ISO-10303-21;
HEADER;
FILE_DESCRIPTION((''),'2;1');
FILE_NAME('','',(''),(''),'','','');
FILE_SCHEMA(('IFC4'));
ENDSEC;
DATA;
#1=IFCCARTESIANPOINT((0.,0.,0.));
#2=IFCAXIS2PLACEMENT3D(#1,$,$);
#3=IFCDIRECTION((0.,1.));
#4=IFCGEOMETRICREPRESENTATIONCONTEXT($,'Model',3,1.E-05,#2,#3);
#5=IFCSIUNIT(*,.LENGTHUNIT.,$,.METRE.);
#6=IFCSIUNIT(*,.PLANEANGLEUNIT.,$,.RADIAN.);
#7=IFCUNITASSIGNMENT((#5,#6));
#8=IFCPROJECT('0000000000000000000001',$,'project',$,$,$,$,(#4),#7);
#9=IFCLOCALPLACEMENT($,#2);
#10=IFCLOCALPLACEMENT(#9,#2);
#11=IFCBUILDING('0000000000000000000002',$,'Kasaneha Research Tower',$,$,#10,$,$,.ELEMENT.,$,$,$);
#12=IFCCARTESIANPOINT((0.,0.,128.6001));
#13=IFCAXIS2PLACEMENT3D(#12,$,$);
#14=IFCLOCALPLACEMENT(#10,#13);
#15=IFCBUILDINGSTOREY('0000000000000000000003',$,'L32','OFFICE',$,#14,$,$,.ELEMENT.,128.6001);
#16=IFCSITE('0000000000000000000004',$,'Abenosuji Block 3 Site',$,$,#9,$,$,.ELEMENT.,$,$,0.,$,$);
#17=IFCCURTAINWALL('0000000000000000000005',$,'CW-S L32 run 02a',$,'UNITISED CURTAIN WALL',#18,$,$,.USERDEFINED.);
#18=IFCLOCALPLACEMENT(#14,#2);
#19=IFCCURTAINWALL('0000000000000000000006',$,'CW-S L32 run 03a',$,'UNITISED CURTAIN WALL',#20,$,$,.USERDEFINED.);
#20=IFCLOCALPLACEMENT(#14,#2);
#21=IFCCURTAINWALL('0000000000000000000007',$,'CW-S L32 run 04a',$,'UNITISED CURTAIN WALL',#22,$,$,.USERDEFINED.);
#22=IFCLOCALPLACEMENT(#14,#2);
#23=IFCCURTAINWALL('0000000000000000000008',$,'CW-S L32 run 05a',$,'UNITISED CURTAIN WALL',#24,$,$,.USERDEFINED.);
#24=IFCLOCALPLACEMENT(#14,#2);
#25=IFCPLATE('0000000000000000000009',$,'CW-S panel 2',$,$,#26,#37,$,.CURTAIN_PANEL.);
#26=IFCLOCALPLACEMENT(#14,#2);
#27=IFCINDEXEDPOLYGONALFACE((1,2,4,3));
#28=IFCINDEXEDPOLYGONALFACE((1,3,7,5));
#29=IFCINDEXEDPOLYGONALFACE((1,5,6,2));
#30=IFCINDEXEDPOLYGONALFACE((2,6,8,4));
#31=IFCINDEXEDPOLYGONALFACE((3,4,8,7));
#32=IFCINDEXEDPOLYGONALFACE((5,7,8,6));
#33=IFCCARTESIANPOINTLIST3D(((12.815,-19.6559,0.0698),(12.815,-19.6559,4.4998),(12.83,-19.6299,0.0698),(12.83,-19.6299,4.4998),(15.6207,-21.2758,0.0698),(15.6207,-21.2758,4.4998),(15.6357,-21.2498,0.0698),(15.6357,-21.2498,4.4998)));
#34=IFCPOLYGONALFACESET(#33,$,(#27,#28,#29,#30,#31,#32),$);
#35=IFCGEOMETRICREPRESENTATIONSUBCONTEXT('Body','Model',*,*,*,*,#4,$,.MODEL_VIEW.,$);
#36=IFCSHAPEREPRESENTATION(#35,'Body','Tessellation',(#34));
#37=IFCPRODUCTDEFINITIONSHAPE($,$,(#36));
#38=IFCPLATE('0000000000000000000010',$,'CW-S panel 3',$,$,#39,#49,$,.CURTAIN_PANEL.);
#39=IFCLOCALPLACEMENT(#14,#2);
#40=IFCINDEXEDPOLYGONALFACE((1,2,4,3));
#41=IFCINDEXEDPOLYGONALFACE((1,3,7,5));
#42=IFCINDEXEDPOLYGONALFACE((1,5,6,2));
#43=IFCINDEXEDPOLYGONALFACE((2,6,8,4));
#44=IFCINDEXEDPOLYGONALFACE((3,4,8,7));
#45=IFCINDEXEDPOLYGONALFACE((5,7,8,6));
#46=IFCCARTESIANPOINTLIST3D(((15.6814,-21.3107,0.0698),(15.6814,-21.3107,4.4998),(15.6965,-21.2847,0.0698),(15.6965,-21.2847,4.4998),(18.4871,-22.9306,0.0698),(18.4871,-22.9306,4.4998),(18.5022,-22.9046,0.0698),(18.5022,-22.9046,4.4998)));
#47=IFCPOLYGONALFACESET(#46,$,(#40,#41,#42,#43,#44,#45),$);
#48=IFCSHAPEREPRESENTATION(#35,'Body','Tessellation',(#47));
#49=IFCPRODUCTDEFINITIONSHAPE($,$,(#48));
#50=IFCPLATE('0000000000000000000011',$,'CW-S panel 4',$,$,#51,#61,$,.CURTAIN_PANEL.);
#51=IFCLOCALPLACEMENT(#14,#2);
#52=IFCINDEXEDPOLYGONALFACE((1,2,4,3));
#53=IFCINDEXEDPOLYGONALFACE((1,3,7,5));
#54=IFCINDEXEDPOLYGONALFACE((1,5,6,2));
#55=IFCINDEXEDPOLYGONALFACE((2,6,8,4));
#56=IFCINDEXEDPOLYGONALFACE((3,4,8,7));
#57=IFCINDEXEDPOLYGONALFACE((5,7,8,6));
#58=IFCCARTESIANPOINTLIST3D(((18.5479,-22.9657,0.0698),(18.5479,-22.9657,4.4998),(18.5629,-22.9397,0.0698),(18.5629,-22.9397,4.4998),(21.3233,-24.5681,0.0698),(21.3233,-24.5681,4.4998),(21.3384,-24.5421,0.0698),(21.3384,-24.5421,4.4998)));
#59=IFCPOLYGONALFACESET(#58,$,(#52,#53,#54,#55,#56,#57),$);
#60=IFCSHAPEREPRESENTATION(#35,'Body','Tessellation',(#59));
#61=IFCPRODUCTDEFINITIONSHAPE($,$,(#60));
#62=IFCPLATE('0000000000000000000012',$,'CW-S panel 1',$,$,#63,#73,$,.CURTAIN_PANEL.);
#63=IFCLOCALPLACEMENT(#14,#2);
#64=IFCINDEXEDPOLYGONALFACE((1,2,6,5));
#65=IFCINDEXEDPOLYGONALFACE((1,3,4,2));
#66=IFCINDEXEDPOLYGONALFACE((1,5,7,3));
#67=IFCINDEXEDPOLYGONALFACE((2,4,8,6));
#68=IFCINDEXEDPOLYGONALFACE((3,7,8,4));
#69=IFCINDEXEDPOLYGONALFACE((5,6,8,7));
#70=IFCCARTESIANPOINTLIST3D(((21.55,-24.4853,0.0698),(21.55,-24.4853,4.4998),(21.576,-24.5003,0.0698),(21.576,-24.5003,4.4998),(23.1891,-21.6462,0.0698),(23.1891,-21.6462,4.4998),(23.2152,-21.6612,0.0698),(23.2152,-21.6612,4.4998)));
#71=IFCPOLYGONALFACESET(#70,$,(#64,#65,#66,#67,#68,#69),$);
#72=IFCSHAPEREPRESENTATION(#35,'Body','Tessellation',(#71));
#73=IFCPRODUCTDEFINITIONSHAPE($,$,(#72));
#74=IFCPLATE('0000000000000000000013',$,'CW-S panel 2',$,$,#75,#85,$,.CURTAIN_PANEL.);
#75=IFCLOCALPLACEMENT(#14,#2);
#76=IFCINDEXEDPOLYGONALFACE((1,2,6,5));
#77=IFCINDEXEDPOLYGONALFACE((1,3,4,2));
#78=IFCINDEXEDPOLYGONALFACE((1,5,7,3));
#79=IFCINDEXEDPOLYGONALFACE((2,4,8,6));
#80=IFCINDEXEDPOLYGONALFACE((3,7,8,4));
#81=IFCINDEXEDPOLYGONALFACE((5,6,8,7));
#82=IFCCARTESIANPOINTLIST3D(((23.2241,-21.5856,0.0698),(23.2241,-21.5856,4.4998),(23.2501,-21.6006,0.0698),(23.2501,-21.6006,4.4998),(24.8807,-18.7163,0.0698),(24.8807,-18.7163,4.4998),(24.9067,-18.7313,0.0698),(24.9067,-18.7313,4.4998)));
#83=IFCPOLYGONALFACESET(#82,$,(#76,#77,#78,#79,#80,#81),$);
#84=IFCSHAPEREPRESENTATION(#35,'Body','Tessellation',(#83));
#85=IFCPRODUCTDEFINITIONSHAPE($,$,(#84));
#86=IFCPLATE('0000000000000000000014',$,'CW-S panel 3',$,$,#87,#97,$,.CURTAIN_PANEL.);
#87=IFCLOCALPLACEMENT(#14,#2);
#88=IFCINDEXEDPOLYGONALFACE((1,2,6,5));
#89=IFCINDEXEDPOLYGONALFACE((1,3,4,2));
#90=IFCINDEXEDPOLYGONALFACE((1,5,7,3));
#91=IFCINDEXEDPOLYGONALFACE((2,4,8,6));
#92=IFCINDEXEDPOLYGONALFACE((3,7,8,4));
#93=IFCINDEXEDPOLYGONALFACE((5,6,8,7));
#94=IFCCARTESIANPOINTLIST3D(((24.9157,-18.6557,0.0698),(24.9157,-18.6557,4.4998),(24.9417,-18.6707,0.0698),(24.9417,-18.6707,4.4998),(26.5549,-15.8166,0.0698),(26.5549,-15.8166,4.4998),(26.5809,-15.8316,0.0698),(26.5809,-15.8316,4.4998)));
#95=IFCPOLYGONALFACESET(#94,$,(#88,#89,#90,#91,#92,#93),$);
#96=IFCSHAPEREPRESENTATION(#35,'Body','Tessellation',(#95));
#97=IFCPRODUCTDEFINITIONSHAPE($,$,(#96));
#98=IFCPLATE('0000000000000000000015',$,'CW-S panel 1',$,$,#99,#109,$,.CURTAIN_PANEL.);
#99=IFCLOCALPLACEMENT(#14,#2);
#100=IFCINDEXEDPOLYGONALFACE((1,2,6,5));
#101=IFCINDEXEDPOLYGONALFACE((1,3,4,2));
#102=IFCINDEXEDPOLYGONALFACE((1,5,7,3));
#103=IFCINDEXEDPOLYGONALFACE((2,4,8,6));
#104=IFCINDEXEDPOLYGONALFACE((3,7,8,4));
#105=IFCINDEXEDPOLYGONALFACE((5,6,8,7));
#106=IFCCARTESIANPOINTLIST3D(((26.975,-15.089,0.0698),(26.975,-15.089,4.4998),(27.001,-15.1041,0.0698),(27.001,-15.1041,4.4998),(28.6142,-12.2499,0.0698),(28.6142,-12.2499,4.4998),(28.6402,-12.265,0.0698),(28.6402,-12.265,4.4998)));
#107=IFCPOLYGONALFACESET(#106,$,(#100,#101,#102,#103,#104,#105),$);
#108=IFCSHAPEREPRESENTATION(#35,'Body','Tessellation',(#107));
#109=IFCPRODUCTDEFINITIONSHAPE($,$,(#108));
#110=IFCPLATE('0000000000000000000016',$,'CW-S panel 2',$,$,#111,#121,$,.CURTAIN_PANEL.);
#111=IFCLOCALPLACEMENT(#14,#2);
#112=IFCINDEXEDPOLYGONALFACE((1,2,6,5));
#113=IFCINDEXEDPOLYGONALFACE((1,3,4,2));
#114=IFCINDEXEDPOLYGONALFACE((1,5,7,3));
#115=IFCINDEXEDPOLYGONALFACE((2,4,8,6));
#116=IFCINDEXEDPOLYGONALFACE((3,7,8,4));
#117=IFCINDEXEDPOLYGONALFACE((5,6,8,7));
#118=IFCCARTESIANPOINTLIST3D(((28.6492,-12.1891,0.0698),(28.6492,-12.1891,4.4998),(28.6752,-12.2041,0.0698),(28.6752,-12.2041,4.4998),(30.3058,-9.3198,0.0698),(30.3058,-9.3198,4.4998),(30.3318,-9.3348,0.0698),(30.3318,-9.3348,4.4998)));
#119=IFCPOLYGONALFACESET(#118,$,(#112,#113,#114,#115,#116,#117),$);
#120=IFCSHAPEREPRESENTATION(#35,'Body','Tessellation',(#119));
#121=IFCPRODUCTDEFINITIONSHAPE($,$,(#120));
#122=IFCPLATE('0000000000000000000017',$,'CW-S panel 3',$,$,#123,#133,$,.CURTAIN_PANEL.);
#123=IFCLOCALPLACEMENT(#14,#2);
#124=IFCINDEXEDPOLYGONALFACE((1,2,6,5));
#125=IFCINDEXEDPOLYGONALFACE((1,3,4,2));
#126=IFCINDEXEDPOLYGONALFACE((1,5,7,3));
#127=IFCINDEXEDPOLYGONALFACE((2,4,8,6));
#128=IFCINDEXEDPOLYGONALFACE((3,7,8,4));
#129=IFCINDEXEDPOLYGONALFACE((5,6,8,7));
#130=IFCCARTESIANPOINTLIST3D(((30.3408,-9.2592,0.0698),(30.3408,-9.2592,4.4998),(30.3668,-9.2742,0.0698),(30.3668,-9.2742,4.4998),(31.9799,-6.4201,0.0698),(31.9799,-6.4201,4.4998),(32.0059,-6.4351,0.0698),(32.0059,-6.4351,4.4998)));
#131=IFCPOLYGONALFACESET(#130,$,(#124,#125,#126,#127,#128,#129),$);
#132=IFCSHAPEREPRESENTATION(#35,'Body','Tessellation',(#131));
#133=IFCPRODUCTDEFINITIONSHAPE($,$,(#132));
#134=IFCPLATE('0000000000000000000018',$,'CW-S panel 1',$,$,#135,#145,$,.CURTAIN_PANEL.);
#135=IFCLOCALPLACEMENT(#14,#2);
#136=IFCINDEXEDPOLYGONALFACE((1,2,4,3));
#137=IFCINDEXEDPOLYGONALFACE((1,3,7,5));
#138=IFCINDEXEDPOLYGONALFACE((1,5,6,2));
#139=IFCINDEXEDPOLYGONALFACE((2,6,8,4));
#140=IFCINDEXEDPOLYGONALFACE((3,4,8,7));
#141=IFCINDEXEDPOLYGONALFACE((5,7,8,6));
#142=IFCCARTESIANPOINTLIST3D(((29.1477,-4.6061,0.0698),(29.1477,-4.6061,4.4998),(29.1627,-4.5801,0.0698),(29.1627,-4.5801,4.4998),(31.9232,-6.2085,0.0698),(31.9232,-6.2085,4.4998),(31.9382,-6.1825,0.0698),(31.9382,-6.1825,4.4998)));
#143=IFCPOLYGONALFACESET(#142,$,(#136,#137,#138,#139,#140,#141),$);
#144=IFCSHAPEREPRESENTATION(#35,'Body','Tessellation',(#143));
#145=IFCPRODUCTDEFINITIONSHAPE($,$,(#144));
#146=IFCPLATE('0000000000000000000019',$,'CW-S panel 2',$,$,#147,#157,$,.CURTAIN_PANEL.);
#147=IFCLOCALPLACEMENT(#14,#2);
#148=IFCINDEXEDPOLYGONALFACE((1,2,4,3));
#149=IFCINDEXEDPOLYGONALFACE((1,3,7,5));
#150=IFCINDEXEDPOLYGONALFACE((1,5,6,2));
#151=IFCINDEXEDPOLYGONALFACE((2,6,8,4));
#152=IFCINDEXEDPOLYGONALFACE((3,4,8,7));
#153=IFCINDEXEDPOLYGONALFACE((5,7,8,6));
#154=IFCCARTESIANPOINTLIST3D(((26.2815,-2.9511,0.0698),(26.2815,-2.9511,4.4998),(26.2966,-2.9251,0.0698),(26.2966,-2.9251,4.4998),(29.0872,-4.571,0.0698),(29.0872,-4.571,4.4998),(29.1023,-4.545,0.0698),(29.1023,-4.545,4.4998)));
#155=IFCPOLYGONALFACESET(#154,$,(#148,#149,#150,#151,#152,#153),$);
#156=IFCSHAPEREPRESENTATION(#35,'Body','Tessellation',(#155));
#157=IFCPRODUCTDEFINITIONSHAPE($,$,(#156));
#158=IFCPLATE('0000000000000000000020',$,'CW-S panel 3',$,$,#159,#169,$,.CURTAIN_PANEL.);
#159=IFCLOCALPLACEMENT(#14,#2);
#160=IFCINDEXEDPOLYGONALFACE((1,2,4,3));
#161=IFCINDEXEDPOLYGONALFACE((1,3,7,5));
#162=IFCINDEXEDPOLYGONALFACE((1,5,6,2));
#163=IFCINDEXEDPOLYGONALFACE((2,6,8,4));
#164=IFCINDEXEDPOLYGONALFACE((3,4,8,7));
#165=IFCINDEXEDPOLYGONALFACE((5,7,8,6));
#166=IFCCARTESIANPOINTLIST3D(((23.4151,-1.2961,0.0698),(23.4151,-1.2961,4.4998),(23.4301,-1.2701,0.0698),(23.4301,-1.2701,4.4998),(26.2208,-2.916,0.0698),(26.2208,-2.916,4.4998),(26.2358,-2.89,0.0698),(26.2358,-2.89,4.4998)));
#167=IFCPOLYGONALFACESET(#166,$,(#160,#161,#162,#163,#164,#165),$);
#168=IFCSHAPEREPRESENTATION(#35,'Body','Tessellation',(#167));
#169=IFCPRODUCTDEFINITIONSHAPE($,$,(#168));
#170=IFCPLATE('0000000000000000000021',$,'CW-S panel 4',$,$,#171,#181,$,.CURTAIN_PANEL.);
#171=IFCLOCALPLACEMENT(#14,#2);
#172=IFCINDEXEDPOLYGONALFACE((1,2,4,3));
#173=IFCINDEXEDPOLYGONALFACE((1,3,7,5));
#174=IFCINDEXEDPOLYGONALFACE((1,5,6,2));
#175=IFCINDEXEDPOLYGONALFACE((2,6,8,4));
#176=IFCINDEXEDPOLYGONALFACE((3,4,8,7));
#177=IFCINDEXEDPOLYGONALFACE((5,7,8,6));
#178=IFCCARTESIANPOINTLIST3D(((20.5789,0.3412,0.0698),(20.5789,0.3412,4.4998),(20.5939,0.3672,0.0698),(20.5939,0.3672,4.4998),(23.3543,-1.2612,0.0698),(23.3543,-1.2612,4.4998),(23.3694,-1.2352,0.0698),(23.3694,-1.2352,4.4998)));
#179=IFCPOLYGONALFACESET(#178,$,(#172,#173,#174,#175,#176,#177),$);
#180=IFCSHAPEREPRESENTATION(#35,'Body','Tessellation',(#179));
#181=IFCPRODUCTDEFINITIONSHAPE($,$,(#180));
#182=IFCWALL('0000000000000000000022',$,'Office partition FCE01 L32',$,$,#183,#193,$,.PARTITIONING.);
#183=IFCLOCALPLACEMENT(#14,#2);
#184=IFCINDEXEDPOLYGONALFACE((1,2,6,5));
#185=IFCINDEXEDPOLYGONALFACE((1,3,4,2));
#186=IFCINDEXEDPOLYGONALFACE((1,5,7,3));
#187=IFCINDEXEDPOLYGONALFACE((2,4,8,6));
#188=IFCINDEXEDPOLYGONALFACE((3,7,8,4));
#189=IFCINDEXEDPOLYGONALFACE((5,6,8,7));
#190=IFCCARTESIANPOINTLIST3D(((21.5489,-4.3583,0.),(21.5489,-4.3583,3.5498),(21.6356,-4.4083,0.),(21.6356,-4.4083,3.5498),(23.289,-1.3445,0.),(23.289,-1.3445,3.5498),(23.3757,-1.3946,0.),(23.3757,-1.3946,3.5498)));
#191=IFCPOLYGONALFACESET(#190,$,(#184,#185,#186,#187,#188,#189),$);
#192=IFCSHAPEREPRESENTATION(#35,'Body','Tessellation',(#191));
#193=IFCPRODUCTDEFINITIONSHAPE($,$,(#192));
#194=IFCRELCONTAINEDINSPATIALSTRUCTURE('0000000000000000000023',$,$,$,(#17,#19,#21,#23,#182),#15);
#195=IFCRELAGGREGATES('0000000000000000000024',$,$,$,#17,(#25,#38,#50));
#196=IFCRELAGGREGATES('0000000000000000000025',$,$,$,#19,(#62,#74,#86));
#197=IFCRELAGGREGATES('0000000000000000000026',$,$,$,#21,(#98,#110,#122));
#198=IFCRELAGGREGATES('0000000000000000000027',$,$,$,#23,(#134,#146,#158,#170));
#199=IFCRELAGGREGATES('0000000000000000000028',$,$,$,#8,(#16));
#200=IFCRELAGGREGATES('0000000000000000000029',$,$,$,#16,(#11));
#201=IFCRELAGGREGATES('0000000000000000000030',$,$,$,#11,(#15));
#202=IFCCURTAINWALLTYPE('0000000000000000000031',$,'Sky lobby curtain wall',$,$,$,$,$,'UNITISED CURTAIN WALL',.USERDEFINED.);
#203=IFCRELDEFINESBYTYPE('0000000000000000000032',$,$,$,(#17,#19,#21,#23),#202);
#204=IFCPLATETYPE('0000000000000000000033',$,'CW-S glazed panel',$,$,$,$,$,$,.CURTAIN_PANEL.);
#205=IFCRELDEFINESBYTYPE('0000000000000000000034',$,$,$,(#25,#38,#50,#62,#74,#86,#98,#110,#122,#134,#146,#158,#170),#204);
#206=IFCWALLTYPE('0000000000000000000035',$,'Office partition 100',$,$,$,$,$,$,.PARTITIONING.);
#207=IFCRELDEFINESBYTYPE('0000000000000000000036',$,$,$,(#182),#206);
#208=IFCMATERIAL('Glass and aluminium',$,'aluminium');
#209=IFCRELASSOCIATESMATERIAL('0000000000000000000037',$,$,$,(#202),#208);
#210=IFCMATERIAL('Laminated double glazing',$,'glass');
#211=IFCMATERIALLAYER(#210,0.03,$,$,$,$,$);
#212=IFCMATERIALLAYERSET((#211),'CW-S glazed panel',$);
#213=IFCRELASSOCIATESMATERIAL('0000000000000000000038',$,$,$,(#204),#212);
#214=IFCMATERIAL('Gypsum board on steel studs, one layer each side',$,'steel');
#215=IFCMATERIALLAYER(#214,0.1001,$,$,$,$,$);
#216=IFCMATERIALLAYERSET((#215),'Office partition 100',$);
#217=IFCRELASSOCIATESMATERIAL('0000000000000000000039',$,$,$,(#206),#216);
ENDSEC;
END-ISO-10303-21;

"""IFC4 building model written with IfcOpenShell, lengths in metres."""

from ifc_helpers import new_model, si_unit, direction, frame, frame_2d, origin, origin_2d, place, context, subcontext, project, spatial, rectangle, extrude, material, layer, layer_set, type_object, element, aggregate, save


model = new_model("IFC4")

# Units and contexts
model_context = context("Model", 3, precision=1e-05, world=origin(), true_north=direction((0.0, 1.0)))
body_context = subcontext(model_context, "Body", "Model", "MODEL_VIEW")
ifc_project = project(units=[si_unit("LENGTHUNIT", "METRE"), si_unit("PLANEANGLEUNIT", "RADIAN")], contexts=[model_context])

# Site, building, storey
site_placement = place(None, origin())
site = spatial("IfcSite", under=ifc_project, at=site_placement, Name="Abenosuji Block 3 Site", CompositionType="ELEMENT", RefElevation=0.0)
building_placement = place(site_placement, origin())
building = spatial("IfcBuilding", under=site, at=building_placement, Name="Kasaneha Research Tower", CompositionType="ELEMENT")
storey_placement = place(building_placement, frame((0.0, 0.0, 128.6001)))
storey = spatial("IfcBuildingStorey", under=building, at=storey_placement, Name="L32", Description="OFFICE", CompositionType="ELEMENT", Elevation=128.6001)

# Curtain walls
ifc_material_1 = material(Name="Glass and aluminium", Category="aluminium")
curtain_wall_type = type_object("IfcCurtainWallType", Name="Sky lobby curtain wall", ElementType="UNITISED CURTAIN WALL", PredefinedType="USERDEFINED", material=ifc_material_1)
curtain_wall_1_placement = place(storey_placement, origin())
curtain_wall_1 = element("IfcCurtainWall", 1, at=curtain_wall_1_placement, inside=storey, type_object=curtain_wall_type, Name="CW-S L32 run 02a", ObjectType="UNITISED CURTAIN WALL", PredefinedType="USERDEFINED")
curtain_wall_2_placement = place(storey_placement, origin())
curtain_wall_2 = element("IfcCurtainWall", 2, at=curtain_wall_2_placement, inside=storey, type_object=curtain_wall_type, Name="CW-S L32 run 03a", ObjectType="UNITISED CURTAIN WALL", PredefinedType="USERDEFINED")
curtain_wall_3_placement = place(storey_placement, origin())
curtain_wall_3 = element("IfcCurtainWall", 3, at=curtain_wall_3_placement, inside=storey, type_object=curtain_wall_type, Name="CW-S L32 run 04a", ObjectType="UNITISED CURTAIN WALL", PredefinedType="USERDEFINED")
curtain_wall_4_placement = place(storey_placement, origin())
curtain_wall_4 = element("IfcCurtainWall", 4, at=curtain_wall_4_placement, inside=storey, type_object=curtain_wall_type, Name="CW-S L32 run 05a", ObjectType="UNITISED CURTAIN WALL", PredefinedType="USERDEFINED")

# Plates
ifc_material_2 = material(Name="Laminated double glazing", Category="glass")
ifc_layer_1 = layer(ifc_material_2, 0.03)
ifc_layer_set_1 = layer_set([ifc_layer_1], Name="CW-S glazed panel")
plate_type = type_object("IfcPlateType", Name="CW-S glazed panel", PredefinedType="CURTAIN_PANEL", material=ifc_layer_set_1)
plate_1_placement = place(storey_placement, frame((14.2253, -20.4529, 0.0698), z_axis=(0.0, 0.0, 1.0), x_axis=(0.866025, -0.5, 0.0)))
plate_1 = element("IfcPlate", 5, at=plate_1_placement, type_object=plate_type, Name="CW-S panel 2", PredefinedType="CURTAIN_PANEL", context=body_context, shape_type="SweptSolid", body=[
    extrude(rectangle(XDim=3.2397, YDim=0.03, at=origin_2d()), origin(), (0.0, 0.0, 1.0), 4.4299),
])
plate_2_placement = place(storey_placement, frame((17.0918, -22.1077, 0.0698), z_axis=(0.0, 0.0, 1.0), x_axis=(0.866025, -0.5, 0.0)))
plate_2 = element("IfcPlate", 6, at=plate_2_placement, type_object=plate_type, Name="CW-S panel 3", PredefinedType="CURTAIN_PANEL", context=body_context, shape_type="SweptSolid", body=[
    extrude(rectangle(XDim=3.2397, YDim=0.03, at=origin_2d()), origin(), (0.0, 0.0, 1.0), 4.4299),
])
plate_3_placement = place(storey_placement, frame((19.9431, -23.7539, 0.0698), z_axis=(0.0, 0.0, 1.0), x_axis=(0.866025, -0.5, 0.0)))
plate_3 = element("IfcPlate", 7, at=plate_3_placement, type_object=plate_type, Name="CW-S panel 4", PredefinedType="CURTAIN_PANEL", context=body_context, shape_type="SweptSolid", body=[
    extrude(rectangle(XDim=3.2048, YDim=0.03, at=origin_2d()), origin(), (0.0, 0.0, 1.0), 4.4299),
])
aggregate(curtain_wall_1, [plate_1, plate_2, plate_3])
plate_4_placement = place(storey_placement, frame((22.3826, -23.0732, 0.0698), z_axis=(0.0, 0.0, 1.0), x_axis=(0.5, 0.866025, 0.0)))
plate_4 = element("IfcPlate", 8, at=plate_4_placement, type_object=plate_type, Name="CW-S panel 1", PredefinedType="CURTAIN_PANEL", context=body_context, shape_type="SweptSolid", body=[
    extrude(rectangle(XDim=3.2783, YDim=0.03, at=origin_2d()), origin(), (0.0, 0.0, 1.0), 4.4299),
])
plate_5_placement = place(storey_placement, frame((24.0654, -20.1584, 0.0698), z_axis=(0.0, 0.0, 1.0), x_axis=(0.5, 0.866025, 0.0)))
plate_5 = element("IfcPlate", 9, at=plate_5_placement, type_object=plate_type, Name="CW-S panel 2", PredefinedType="CURTAIN_PANEL", context=body_context, shape_type="SweptSolid", body=[
    extrude(rectangle(XDim=3.3132, YDim=0.03, at=origin_2d()), origin(), (0.0, 0.0, 1.0), 4.4299),
])
plate_6_placement = place(storey_placement, frame((25.7483, -17.2437, 0.0698), z_axis=(0.0, 0.0, 1.0), x_axis=(0.5, 0.866025, 0.0)))
plate_6 = element("IfcPlate", 10, at=plate_6_placement, type_object=plate_type, Name="CW-S panel 3", PredefinedType="CURTAIN_PANEL", context=body_context, shape_type="SweptSolid", body=[
    extrude(rectangle(XDim=3.2783, YDim=0.03, at=origin_2d()), origin(), (0.0, 0.0, 1.0), 4.4299),
])
aggregate(curtain_wall_2, [plate_4, plate_5, plate_6])
plate_7_placement = place(storey_placement, frame((27.8076, -13.677, 0.0698), z_axis=(0.0, 0.0, 1.0), x_axis=(0.5, 0.866025, 0.0)))
plate_7 = element("IfcPlate", 11, at=plate_7_placement, type_object=plate_type, Name="CW-S panel 1", PredefinedType="CURTAIN_PANEL", context=body_context, shape_type="SweptSolid", body=[
    extrude(rectangle(XDim=3.2783, YDim=0.03, at=origin_2d()), origin(), (0.0, 0.0, 1.0), 4.4299),
])
plate_8_placement = place(storey_placement, frame((29.4905, -10.762, 0.0698), z_axis=(0.0, 0.0, 1.0), x_axis=(0.5, 0.866025, 0.0)))
plate_8 = element("IfcPlate", 12, at=plate_8_placement, type_object=plate_type, Name="CW-S panel 2", PredefinedType="CURTAIN_PANEL", context=body_context, shape_type="SweptSolid", body=[
    extrude(rectangle(XDim=3.3132, YDim=0.03, at=origin_2d()), origin(), (0.0, 0.0, 1.0), 4.4299),
])
plate_9_placement = place(storey_placement, frame((31.1733, -7.8472, 0.0698), z_axis=(0.0, 0.0, 1.0), x_axis=(0.5, 0.866025, 0.0)))
plate_9 = element("IfcPlate", 13, at=plate_9_placement, type_object=plate_type, Name="CW-S panel 3", PredefinedType="CURTAIN_PANEL", context=body_context, shape_type="SweptSolid", body=[
    extrude(rectangle(XDim=3.2783, YDim=0.03, at=origin_2d()), origin(), (0.0, 0.0, 1.0), 4.4299),
])
aggregate(curtain_wall_3, [plate_7, plate_8, plate_9])
plate_10_placement = place(storey_placement, frame((30.543, -5.3943, 0.0698), z_axis=(0.0, 0.0, 1.0), x_axis=(-0.866025, 0.5, 0.0)))
plate_10 = element("IfcPlate", 14, at=plate_10_placement, type_object=plate_type, Name="CW-S panel 1", PredefinedType="CURTAIN_PANEL", context=body_context, shape_type="SweptSolid", body=[
    extrude(rectangle(XDim=3.2048, YDim=0.03, at=origin_2d()), origin(), (0.0, 0.0, 1.0), 4.4299),
])
plate_11_placement = place(storey_placement, frame((27.6919, -3.748, 0.0698), z_axis=(0.0, 0.0, 1.0), x_axis=(-0.866025, 0.5, 0.0)))
plate_11 = element("IfcPlate", 15, at=plate_11_placement, type_object=plate_type, Name="CW-S panel 2", PredefinedType="CURTAIN_PANEL", context=body_context, shape_type="SweptSolid", body=[
    extrude(rectangle(XDim=3.2397, YDim=0.03, at=origin_2d()), origin(), (0.0, 0.0, 1.0), 4.4299),
])
plate_12_placement = place(storey_placement, frame((24.8254, -2.093, 0.0698), z_axis=(0.0, 0.0, 1.0), x_axis=(-0.866025, 0.5, 0.0)))
plate_12 = element("IfcPlate", 16, at=plate_12_placement, type_object=plate_type, Name="CW-S panel 3", PredefinedType="CURTAIN_PANEL", context=body_context, shape_type="SweptSolid", body=[
    extrude(rectangle(XDim=3.2397, YDim=0.03, at=origin_2d()), origin(), (0.0, 0.0, 1.0), 4.4299),
])
plate_13_placement = place(storey_placement, frame((21.9741, -0.447, 0.0698), z_axis=(0.0, 0.0, 1.0), x_axis=(-0.866025, 0.5, 0.0)))
plate_13 = element("IfcPlate", 17, at=plate_13_placement, type_object=plate_type, Name="CW-S panel 4", PredefinedType="CURTAIN_PANEL", context=body_context, shape_type="SweptSolid", body=[
    extrude(rectangle(XDim=3.2048, YDim=0.03, at=origin_2d()), origin(), (0.0, 0.0, 1.0), 4.4299),
])
aggregate(curtain_wall_4, [plate_10, plate_11, plate_12, plate_13])

# Wall
ifc_material_3 = material(Name="Gypsum board on steel studs, one layer each side", Category="steel")
ifc_layer_2 = layer(ifc_material_3, 0.1001)
ifc_layer_set_2 = layer_set([ifc_layer_2], Name="Office partition 100")
wall_type = type_object("IfcWallType", Name="Office partition 100", PredefinedType="PARTITIONING", material=ifc_layer_set_2)
wall_1_placement = place(storey_placement, frame((21.5923, -4.3833, 0.0), z_axis=(0.0, 0.0, 1.0), x_axis=(0.50001, 0.86602, 0.0)))
element("IfcWall", 18, at=wall_1_placement, inside=storey, type_object=wall_type, Name="Office partition FCE01 L32", PredefinedType="PARTITIONING", context=body_context, shape_type="SweptSolid", body=[
    extrude(rectangle(XDim=3.48, YDim=0.1001, at=frame_2d((1.74, 0.0))), origin(), (0.0, 0.0, 1.0), 3.5498),
])

save(model, "model.ifc")
